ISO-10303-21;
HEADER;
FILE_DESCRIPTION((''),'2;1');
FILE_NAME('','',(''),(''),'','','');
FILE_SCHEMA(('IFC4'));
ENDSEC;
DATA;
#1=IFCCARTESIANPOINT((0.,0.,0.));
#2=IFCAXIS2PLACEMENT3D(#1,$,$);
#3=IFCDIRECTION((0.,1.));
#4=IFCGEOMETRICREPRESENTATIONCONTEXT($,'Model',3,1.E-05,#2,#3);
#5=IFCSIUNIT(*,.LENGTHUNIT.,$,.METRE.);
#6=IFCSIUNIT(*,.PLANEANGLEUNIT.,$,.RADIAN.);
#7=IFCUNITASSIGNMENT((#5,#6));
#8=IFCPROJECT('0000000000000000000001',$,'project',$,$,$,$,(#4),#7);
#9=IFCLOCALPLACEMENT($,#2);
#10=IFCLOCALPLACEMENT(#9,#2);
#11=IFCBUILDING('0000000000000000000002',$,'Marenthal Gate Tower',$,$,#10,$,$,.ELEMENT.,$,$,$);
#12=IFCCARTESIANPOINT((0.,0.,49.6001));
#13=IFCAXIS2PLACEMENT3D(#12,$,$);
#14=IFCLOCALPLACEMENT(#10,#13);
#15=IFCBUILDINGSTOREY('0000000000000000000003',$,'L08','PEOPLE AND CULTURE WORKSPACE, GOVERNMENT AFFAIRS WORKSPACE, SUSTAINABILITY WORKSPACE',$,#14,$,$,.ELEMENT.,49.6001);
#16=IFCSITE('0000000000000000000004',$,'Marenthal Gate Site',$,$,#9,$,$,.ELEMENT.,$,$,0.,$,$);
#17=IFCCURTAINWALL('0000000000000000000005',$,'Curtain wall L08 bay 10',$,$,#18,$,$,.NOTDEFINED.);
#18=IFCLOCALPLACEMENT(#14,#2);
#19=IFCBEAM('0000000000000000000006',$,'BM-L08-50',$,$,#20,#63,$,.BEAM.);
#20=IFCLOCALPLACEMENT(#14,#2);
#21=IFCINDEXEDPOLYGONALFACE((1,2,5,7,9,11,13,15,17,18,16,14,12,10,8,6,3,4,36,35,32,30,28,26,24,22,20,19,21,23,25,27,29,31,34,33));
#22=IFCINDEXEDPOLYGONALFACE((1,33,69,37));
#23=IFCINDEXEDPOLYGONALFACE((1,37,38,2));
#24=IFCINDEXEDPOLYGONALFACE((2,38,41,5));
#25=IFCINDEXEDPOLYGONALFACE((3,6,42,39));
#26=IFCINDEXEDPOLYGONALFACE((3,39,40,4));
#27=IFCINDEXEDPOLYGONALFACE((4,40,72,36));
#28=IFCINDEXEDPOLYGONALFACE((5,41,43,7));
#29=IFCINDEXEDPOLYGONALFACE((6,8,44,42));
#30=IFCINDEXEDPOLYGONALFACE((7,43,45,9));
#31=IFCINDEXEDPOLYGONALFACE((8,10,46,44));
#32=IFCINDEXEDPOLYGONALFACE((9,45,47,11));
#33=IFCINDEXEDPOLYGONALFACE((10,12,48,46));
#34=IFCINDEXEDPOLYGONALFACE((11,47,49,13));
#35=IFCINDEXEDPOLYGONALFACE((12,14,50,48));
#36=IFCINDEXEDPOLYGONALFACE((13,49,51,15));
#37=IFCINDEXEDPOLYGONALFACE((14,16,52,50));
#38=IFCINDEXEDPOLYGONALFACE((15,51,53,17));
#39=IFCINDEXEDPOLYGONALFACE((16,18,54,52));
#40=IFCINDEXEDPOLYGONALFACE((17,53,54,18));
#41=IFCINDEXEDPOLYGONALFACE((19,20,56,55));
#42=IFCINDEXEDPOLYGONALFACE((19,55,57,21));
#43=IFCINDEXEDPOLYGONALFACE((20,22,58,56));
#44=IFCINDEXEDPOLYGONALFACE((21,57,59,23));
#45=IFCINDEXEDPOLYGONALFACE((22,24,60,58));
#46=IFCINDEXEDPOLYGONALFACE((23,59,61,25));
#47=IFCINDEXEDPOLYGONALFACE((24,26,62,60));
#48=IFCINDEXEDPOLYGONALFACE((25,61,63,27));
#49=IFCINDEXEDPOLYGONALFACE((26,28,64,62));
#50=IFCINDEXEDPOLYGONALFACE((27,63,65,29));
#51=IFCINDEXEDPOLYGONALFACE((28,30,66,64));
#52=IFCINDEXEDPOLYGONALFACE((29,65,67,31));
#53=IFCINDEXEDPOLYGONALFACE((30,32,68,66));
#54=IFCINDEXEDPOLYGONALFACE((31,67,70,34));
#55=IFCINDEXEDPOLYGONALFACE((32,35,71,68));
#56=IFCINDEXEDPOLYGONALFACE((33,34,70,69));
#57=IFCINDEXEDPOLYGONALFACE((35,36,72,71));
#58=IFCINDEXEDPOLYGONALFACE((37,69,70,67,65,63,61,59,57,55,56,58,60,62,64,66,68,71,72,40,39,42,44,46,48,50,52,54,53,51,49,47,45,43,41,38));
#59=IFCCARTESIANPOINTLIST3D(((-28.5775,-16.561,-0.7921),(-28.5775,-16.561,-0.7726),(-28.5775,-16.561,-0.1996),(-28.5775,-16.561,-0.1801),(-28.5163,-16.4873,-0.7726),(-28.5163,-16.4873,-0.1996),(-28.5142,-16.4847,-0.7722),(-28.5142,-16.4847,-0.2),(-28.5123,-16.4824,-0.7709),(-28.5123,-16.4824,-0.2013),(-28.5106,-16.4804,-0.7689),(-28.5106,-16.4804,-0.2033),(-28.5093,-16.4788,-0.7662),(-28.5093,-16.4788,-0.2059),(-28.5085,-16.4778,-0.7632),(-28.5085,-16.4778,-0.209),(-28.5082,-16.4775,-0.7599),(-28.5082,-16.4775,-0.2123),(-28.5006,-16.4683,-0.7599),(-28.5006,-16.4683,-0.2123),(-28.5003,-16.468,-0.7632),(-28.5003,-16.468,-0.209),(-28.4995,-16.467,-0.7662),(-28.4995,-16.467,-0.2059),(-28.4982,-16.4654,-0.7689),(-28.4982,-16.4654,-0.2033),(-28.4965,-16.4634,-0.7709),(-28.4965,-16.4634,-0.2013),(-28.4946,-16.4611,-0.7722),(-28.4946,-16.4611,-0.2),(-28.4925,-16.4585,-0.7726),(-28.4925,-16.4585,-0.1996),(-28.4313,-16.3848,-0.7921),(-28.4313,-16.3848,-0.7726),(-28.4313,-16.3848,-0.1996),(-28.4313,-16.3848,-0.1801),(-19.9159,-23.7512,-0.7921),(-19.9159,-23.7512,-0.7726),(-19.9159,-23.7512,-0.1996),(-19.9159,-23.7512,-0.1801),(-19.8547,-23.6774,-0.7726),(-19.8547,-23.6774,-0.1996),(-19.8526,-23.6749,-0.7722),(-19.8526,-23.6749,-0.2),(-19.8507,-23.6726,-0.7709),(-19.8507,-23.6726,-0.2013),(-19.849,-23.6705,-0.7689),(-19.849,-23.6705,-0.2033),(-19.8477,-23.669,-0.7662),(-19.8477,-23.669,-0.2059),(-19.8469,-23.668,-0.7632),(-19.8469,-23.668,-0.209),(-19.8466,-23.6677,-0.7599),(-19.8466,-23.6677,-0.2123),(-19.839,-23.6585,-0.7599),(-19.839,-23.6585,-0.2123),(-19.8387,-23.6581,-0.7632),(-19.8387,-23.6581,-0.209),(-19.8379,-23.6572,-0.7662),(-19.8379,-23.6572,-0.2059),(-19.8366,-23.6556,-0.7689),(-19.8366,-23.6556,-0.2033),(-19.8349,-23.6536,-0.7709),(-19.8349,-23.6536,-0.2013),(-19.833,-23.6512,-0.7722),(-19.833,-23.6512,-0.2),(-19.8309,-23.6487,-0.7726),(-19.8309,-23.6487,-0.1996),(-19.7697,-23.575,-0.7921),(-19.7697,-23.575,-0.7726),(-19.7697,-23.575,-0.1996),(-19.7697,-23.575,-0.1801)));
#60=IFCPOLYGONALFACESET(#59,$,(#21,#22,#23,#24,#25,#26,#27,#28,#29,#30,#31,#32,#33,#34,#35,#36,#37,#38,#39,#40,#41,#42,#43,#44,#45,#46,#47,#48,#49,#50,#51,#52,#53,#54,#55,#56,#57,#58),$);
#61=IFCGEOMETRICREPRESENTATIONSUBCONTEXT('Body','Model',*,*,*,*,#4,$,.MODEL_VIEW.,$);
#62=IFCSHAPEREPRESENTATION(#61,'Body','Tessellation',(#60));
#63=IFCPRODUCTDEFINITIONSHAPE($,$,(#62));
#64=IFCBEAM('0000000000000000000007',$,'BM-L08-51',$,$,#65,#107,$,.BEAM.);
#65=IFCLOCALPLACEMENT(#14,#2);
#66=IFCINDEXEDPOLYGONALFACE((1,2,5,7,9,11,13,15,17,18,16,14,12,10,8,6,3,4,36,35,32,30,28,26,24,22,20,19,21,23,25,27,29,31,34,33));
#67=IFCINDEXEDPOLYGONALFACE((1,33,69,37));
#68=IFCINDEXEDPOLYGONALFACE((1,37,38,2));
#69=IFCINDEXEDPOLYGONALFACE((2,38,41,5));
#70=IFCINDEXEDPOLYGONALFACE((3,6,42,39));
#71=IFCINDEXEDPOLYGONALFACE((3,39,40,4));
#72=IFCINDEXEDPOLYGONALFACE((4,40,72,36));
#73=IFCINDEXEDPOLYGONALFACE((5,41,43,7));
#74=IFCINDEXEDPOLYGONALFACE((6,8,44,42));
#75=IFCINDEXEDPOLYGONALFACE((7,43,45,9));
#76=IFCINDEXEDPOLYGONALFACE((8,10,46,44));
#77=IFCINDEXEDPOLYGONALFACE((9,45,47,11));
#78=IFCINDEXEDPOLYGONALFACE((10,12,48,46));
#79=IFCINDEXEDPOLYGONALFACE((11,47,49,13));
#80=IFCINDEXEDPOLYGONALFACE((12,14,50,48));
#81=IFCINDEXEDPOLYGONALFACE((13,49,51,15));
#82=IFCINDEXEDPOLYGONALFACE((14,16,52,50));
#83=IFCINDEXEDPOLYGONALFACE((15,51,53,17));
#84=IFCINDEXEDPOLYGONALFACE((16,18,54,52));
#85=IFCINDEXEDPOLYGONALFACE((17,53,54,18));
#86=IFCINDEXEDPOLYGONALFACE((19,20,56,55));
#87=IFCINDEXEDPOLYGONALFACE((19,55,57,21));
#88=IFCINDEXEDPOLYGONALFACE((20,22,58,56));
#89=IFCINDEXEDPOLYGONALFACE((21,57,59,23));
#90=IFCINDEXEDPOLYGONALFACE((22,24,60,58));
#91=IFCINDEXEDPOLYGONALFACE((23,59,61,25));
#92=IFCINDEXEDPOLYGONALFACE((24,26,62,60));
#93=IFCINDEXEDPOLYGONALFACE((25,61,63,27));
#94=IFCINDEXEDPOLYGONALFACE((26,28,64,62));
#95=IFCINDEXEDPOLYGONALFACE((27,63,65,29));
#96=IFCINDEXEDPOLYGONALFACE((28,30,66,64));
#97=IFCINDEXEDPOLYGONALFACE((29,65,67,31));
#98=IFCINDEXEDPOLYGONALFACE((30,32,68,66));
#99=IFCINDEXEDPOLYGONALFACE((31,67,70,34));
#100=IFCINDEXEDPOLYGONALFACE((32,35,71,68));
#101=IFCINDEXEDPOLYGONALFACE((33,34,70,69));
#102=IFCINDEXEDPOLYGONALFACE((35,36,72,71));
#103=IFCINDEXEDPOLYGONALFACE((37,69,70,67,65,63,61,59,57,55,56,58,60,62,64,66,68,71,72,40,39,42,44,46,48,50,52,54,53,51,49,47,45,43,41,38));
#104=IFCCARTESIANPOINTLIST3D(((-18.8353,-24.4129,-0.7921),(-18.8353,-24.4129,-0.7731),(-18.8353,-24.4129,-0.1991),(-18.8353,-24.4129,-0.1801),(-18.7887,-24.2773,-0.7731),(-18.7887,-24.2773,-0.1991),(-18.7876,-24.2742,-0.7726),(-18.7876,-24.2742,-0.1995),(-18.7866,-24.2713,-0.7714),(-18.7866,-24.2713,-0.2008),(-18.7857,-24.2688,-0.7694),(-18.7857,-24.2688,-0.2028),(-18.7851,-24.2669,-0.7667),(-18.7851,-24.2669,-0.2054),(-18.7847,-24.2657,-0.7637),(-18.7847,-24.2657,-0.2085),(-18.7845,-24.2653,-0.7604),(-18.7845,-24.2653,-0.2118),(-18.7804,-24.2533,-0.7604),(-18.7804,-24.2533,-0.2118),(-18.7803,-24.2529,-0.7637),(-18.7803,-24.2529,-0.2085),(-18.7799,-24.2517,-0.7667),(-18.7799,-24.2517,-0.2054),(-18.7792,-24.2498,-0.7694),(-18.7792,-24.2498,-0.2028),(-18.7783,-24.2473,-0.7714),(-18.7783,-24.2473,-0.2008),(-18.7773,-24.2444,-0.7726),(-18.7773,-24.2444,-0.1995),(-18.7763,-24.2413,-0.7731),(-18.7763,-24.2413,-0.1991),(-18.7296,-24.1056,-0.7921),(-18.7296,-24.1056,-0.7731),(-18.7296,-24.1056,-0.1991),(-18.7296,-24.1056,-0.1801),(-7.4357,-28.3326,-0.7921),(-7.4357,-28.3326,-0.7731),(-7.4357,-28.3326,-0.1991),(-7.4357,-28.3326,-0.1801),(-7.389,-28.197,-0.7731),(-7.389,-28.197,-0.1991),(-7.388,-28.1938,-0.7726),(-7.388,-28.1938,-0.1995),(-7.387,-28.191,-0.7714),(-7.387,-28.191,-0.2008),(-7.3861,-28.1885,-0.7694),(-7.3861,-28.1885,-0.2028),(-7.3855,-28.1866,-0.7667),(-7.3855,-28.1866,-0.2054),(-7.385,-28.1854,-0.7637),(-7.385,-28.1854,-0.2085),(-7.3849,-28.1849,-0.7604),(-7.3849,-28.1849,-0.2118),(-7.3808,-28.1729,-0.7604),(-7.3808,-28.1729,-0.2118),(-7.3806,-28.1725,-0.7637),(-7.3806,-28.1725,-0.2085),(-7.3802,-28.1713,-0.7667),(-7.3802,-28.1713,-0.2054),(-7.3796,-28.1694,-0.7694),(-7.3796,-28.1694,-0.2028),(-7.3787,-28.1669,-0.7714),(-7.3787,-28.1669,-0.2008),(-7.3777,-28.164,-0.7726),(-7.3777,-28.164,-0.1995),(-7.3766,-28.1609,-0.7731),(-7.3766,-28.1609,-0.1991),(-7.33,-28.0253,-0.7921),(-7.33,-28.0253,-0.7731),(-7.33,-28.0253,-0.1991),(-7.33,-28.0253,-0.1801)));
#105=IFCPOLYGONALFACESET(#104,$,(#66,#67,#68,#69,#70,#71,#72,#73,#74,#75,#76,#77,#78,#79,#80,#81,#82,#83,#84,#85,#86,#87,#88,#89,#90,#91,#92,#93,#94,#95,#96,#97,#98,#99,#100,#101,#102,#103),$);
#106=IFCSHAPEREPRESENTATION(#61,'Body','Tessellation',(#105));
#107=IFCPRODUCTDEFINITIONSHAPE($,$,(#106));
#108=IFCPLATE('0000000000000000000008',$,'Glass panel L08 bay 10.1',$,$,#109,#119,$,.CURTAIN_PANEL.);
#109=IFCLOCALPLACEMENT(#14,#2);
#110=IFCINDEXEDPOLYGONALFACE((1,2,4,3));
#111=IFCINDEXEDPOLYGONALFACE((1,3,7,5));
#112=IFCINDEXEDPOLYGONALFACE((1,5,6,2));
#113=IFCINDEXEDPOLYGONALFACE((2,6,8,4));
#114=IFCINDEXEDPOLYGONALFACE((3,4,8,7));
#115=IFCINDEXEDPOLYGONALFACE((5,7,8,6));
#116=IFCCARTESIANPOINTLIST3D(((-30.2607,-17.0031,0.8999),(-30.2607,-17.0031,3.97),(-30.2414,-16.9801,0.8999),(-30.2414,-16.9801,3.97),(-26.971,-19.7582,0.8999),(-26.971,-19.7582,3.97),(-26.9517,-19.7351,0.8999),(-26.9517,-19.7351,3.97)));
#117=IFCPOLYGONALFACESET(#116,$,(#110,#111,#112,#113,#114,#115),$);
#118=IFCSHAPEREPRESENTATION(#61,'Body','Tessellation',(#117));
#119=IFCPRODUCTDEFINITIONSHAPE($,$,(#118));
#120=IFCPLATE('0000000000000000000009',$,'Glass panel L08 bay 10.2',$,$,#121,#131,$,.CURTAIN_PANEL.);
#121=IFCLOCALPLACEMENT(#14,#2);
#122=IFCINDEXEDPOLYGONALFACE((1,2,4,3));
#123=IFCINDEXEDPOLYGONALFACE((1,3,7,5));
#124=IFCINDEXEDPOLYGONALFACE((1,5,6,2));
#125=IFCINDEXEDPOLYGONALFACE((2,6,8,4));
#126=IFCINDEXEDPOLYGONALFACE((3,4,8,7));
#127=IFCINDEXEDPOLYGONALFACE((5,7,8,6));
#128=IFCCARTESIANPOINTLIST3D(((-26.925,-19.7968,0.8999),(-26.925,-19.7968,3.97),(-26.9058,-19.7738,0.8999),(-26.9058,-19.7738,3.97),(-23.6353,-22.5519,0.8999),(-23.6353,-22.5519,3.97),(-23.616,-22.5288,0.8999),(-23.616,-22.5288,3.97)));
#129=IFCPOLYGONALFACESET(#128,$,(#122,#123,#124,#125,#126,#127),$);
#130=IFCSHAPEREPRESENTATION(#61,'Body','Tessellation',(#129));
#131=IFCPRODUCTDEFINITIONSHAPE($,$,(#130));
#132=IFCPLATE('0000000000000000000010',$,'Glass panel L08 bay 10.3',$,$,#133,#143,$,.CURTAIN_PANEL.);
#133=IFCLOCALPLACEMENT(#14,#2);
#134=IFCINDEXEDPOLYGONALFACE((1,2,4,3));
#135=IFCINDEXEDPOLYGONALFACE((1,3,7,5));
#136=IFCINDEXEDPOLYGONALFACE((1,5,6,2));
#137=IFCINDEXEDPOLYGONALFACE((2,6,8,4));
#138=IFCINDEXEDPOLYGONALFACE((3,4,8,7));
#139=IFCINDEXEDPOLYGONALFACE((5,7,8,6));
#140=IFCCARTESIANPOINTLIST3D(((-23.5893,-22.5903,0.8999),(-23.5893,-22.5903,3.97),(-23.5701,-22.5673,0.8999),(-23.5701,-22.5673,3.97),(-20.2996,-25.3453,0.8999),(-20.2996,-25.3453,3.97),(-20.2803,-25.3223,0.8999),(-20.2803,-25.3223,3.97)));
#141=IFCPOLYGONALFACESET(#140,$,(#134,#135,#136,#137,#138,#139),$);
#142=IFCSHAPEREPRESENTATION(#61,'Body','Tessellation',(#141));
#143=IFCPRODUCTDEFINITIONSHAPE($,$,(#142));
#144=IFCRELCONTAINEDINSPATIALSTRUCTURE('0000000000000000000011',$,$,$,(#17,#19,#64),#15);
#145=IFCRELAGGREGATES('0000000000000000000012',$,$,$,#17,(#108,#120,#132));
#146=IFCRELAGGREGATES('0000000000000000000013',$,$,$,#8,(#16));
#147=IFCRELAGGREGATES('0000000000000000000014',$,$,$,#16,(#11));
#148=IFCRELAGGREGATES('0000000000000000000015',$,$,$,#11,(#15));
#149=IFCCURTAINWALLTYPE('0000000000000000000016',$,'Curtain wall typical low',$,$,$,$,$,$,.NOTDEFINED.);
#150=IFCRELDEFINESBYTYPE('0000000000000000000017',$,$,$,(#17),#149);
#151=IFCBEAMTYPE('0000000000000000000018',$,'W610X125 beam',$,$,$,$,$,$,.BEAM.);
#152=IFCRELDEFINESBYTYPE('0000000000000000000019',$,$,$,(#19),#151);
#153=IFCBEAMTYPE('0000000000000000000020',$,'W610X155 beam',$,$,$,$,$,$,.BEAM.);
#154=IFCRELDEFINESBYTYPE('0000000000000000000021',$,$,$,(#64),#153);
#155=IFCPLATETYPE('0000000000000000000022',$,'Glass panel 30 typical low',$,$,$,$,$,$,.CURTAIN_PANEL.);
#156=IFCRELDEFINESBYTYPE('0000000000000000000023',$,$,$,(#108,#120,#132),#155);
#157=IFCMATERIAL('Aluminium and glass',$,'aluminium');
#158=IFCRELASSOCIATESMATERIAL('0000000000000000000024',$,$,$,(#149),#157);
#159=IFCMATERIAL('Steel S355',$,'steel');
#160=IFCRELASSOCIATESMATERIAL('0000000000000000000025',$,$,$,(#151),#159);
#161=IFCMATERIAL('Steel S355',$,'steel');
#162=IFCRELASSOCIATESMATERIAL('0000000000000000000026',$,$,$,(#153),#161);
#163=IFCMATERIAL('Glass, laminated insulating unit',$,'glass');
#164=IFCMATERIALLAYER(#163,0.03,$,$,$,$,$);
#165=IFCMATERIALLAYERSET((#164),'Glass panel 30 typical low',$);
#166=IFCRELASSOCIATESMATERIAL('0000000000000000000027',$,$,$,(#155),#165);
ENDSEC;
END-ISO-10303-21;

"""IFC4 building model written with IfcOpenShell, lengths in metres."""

from ifc_helpers import new_model, si_unit, direction, frame, origin, origin_2d, place, context, subcontext, project, spatial, rectangle, i_section, extrude, material, layer, layer_set, material_profile, profile_set, type_object, element, aggregate, save


model = new_model("IFC4")

# Units and contexts
model_context = context("Model", 3, precision=1e-05, world=origin(), true_north=direction((0.0, 1.0)))
body_context = subcontext(model_context, "Body", "Model", "MODEL_VIEW")
ifc_project = project(units=[si_unit("LENGTHUNIT", "METRE"), si_unit("PLANEANGLEUNIT", "RADIAN")], contexts=[model_context])

# Site, building, storey
site_placement = place(None, origin())
site = spatial("IfcSite", under=ifc_project, at=site_placement, Name="Marenthal Gate Site", CompositionType="ELEMENT", RefElevation=0.0)
building_placement = place(site_placement, origin())
building = spatial("IfcBuilding", under=site, at=building_placement, Name="Marenthal Gate Tower", CompositionType="ELEMENT")
storey_placement = place(building_placement, frame((0.0, 0.0, 49.6001)))
storey = spatial("IfcBuildingStorey", under=building, at=storey_placement, Name="L08", Description="PEOPLE AND CULTURE WORKSPACE, GOVERNMENT AFFAIRS WORKSPACE, SUSTAINABILITY WORKSPACE", CompositionType="ELEMENT", Elevation=49.6001)

# Curtain wall
ifc_material_1 = material(Name="Aluminium and glass", Category="aluminium")
curtain_wall_type = type_object("IfcCurtainWallType", Name="Curtain wall typical low", PredefinedType="NOTDEFINED", material=ifc_material_1)
curtain_wall_placement = place(storey_placement, origin())
curtain_wall = element("IfcCurtainWall", 1, at=curtain_wall_placement, inside=storey, type_object=curtain_wall_type, Name="Curtain wall L08 bay 10", PredefinedType="NOTDEFINED")

# Beams
ifc_material_2 = material(Name="Steel S355", Category="steel")
ifc_material_profile_1 = material_profile(ifc_material_2, i_section(OverallWidth=0.229, OverallDepth=0.6121, WebThickness=0.012, FlangeThickness=0.0195, FilletRadius=0.0127, at=origin_2d()), Name="W610X125")
ifc_profile_set_1 = profile_set([ifc_material_profile_1], Name="Steel S355")
beam_type_1 = type_object("IfcBeamType", Name="W610X125 beam", PredefinedType="BEAM", material=ifc_profile_set_1)
beam_1_placement = place(storey_placement, frame((-28.5044, -16.4729, -0.4861), z_axis=(0.769436, -0.638724, 0.0), x_axis=(0.638724, 0.769436, 0.0)))
element("IfcBeam", 2, at=beam_1_placement, inside=storey, type_object=beam_type_1, Name="BM-L08-50", PredefinedType="BEAM", context=body_context, shape_type="SweptSolid", body=[
    extrude(i_section(OverallWidth=0.229, OverallDepth=0.6121, WebThickness=0.012, FlangeThickness=0.0195, FilletRadius=0.0127, at=origin_2d()), origin(), (0.0, 0.0, 1.0), 11.2571),
])
ifc_material_3 = material(Name="Steel S355", Category="steel")
ifc_material_profile_2 = material_profile(ifc_material_3, i_section(OverallWidth=0.325, OverallDepth=0.6121, WebThickness=0.0127, FlangeThickness=0.019, FilletRadius=0.0127, at=origin_2d()), Name="W610X155")
ifc_profile_set_2 = profile_set([ifc_material_profile_2], Name="Steel S355")
beam_type_2 = type_object("IfcBeamType", Name="W610X155 beam", PredefinedType="BEAM", material=ifc_profile_set_2)
beam_2_placement = place(storey_placement, frame((-18.7825, -24.2593, -0.4861), z_axis=(0.94566, -0.325157, 0.0), x_axis=(0.325157, 0.94566, 0.0)))
element("IfcBeam", 3, at=beam_2_placement, inside=storey, type_object=beam_type_2, Name="BM-L08-51", PredefinedType="BEAM", context=body_context, shape_type="SweptSolid", body=[
    extrude(i_section(OverallWidth=0.325, OverallDepth=0.6121, WebThickness=0.0127, FlangeThickness=0.019, FilletRadius=0.0127, at=origin_2d()), origin(), (0.0, 0.0, 1.0), 12.0547),
])

# Plates
ifc_material_4 = material(Name="Glass, laminated insulating unit", Category="glass")
ifc_layer_1 = layer(ifc_material_4, 0.03)
ifc_layer_set_1 = layer_set([ifc_layer_1], Name="Glass panel 30 typical low")
plate_type = type_object("IfcPlateType", Name="Glass panel 30 typical low", PredefinedType="CURTAIN_PANEL", material=ifc_layer_set_1)
plate_1_placement = place(storey_placement, frame((-28.6062, -18.3691, 0.8999), z_axis=(0.0, 0.0, 1.0), x_axis=(0.766665, -0.642047, 0.0)))
plate_1 = element("IfcPlate", 4, at=plate_1_placement, type_object=plate_type, Name="Glass panel L08 bay 10.1", PredefinedType="CURTAIN_PANEL", context=body_context, shape_type="SweptSolid", body=[
    extrude(rectangle(XDim=4.291, YDim=0.03, at=origin_2d()), origin(), (0.0, 0.0, 1.0), 3.0701),
])
plate_2_placement = place(storey_placement, frame((-25.2705, -21.1628, 0.8999), z_axis=(0.0, 0.0, 1.0), x_axis=(0.766665, -0.642047, 0.0)))
plate_2 = element("IfcPlate", 5, at=plate_2_placement, type_object=plate_type, Name="Glass panel L08 bay 10.2", PredefinedType="CURTAIN_PANEL", context=body_context, shape_type="SweptSolid", body=[
    extrude(rectangle(XDim=4.291, YDim=0.03, at=origin_2d()), origin(), (0.0, 0.0, 1.0), 3.0701),
])
plate_3_placement = place(storey_placement, frame((-21.9348, -23.9563, 0.8999), z_axis=(0.0, 0.0, 1.0), x_axis=(0.766665, -0.642047, 0.0)))
plate_3 = element("IfcPlate", 6, at=plate_3_placement, type_object=plate_type, Name="Glass panel L08 bay 10.3", PredefinedType="CURTAIN_PANEL", context=body_context, shape_type="SweptSolid", body=[
    extrude(rectangle(XDim=4.291, YDim=0.03, at=origin_2d()), origin(), (0.0, 0.0, 1.0), 3.0701),
])
aggregate(curtain_wall, [plate_1, plate_2, plate_3])

save(model, "model.ifc")
